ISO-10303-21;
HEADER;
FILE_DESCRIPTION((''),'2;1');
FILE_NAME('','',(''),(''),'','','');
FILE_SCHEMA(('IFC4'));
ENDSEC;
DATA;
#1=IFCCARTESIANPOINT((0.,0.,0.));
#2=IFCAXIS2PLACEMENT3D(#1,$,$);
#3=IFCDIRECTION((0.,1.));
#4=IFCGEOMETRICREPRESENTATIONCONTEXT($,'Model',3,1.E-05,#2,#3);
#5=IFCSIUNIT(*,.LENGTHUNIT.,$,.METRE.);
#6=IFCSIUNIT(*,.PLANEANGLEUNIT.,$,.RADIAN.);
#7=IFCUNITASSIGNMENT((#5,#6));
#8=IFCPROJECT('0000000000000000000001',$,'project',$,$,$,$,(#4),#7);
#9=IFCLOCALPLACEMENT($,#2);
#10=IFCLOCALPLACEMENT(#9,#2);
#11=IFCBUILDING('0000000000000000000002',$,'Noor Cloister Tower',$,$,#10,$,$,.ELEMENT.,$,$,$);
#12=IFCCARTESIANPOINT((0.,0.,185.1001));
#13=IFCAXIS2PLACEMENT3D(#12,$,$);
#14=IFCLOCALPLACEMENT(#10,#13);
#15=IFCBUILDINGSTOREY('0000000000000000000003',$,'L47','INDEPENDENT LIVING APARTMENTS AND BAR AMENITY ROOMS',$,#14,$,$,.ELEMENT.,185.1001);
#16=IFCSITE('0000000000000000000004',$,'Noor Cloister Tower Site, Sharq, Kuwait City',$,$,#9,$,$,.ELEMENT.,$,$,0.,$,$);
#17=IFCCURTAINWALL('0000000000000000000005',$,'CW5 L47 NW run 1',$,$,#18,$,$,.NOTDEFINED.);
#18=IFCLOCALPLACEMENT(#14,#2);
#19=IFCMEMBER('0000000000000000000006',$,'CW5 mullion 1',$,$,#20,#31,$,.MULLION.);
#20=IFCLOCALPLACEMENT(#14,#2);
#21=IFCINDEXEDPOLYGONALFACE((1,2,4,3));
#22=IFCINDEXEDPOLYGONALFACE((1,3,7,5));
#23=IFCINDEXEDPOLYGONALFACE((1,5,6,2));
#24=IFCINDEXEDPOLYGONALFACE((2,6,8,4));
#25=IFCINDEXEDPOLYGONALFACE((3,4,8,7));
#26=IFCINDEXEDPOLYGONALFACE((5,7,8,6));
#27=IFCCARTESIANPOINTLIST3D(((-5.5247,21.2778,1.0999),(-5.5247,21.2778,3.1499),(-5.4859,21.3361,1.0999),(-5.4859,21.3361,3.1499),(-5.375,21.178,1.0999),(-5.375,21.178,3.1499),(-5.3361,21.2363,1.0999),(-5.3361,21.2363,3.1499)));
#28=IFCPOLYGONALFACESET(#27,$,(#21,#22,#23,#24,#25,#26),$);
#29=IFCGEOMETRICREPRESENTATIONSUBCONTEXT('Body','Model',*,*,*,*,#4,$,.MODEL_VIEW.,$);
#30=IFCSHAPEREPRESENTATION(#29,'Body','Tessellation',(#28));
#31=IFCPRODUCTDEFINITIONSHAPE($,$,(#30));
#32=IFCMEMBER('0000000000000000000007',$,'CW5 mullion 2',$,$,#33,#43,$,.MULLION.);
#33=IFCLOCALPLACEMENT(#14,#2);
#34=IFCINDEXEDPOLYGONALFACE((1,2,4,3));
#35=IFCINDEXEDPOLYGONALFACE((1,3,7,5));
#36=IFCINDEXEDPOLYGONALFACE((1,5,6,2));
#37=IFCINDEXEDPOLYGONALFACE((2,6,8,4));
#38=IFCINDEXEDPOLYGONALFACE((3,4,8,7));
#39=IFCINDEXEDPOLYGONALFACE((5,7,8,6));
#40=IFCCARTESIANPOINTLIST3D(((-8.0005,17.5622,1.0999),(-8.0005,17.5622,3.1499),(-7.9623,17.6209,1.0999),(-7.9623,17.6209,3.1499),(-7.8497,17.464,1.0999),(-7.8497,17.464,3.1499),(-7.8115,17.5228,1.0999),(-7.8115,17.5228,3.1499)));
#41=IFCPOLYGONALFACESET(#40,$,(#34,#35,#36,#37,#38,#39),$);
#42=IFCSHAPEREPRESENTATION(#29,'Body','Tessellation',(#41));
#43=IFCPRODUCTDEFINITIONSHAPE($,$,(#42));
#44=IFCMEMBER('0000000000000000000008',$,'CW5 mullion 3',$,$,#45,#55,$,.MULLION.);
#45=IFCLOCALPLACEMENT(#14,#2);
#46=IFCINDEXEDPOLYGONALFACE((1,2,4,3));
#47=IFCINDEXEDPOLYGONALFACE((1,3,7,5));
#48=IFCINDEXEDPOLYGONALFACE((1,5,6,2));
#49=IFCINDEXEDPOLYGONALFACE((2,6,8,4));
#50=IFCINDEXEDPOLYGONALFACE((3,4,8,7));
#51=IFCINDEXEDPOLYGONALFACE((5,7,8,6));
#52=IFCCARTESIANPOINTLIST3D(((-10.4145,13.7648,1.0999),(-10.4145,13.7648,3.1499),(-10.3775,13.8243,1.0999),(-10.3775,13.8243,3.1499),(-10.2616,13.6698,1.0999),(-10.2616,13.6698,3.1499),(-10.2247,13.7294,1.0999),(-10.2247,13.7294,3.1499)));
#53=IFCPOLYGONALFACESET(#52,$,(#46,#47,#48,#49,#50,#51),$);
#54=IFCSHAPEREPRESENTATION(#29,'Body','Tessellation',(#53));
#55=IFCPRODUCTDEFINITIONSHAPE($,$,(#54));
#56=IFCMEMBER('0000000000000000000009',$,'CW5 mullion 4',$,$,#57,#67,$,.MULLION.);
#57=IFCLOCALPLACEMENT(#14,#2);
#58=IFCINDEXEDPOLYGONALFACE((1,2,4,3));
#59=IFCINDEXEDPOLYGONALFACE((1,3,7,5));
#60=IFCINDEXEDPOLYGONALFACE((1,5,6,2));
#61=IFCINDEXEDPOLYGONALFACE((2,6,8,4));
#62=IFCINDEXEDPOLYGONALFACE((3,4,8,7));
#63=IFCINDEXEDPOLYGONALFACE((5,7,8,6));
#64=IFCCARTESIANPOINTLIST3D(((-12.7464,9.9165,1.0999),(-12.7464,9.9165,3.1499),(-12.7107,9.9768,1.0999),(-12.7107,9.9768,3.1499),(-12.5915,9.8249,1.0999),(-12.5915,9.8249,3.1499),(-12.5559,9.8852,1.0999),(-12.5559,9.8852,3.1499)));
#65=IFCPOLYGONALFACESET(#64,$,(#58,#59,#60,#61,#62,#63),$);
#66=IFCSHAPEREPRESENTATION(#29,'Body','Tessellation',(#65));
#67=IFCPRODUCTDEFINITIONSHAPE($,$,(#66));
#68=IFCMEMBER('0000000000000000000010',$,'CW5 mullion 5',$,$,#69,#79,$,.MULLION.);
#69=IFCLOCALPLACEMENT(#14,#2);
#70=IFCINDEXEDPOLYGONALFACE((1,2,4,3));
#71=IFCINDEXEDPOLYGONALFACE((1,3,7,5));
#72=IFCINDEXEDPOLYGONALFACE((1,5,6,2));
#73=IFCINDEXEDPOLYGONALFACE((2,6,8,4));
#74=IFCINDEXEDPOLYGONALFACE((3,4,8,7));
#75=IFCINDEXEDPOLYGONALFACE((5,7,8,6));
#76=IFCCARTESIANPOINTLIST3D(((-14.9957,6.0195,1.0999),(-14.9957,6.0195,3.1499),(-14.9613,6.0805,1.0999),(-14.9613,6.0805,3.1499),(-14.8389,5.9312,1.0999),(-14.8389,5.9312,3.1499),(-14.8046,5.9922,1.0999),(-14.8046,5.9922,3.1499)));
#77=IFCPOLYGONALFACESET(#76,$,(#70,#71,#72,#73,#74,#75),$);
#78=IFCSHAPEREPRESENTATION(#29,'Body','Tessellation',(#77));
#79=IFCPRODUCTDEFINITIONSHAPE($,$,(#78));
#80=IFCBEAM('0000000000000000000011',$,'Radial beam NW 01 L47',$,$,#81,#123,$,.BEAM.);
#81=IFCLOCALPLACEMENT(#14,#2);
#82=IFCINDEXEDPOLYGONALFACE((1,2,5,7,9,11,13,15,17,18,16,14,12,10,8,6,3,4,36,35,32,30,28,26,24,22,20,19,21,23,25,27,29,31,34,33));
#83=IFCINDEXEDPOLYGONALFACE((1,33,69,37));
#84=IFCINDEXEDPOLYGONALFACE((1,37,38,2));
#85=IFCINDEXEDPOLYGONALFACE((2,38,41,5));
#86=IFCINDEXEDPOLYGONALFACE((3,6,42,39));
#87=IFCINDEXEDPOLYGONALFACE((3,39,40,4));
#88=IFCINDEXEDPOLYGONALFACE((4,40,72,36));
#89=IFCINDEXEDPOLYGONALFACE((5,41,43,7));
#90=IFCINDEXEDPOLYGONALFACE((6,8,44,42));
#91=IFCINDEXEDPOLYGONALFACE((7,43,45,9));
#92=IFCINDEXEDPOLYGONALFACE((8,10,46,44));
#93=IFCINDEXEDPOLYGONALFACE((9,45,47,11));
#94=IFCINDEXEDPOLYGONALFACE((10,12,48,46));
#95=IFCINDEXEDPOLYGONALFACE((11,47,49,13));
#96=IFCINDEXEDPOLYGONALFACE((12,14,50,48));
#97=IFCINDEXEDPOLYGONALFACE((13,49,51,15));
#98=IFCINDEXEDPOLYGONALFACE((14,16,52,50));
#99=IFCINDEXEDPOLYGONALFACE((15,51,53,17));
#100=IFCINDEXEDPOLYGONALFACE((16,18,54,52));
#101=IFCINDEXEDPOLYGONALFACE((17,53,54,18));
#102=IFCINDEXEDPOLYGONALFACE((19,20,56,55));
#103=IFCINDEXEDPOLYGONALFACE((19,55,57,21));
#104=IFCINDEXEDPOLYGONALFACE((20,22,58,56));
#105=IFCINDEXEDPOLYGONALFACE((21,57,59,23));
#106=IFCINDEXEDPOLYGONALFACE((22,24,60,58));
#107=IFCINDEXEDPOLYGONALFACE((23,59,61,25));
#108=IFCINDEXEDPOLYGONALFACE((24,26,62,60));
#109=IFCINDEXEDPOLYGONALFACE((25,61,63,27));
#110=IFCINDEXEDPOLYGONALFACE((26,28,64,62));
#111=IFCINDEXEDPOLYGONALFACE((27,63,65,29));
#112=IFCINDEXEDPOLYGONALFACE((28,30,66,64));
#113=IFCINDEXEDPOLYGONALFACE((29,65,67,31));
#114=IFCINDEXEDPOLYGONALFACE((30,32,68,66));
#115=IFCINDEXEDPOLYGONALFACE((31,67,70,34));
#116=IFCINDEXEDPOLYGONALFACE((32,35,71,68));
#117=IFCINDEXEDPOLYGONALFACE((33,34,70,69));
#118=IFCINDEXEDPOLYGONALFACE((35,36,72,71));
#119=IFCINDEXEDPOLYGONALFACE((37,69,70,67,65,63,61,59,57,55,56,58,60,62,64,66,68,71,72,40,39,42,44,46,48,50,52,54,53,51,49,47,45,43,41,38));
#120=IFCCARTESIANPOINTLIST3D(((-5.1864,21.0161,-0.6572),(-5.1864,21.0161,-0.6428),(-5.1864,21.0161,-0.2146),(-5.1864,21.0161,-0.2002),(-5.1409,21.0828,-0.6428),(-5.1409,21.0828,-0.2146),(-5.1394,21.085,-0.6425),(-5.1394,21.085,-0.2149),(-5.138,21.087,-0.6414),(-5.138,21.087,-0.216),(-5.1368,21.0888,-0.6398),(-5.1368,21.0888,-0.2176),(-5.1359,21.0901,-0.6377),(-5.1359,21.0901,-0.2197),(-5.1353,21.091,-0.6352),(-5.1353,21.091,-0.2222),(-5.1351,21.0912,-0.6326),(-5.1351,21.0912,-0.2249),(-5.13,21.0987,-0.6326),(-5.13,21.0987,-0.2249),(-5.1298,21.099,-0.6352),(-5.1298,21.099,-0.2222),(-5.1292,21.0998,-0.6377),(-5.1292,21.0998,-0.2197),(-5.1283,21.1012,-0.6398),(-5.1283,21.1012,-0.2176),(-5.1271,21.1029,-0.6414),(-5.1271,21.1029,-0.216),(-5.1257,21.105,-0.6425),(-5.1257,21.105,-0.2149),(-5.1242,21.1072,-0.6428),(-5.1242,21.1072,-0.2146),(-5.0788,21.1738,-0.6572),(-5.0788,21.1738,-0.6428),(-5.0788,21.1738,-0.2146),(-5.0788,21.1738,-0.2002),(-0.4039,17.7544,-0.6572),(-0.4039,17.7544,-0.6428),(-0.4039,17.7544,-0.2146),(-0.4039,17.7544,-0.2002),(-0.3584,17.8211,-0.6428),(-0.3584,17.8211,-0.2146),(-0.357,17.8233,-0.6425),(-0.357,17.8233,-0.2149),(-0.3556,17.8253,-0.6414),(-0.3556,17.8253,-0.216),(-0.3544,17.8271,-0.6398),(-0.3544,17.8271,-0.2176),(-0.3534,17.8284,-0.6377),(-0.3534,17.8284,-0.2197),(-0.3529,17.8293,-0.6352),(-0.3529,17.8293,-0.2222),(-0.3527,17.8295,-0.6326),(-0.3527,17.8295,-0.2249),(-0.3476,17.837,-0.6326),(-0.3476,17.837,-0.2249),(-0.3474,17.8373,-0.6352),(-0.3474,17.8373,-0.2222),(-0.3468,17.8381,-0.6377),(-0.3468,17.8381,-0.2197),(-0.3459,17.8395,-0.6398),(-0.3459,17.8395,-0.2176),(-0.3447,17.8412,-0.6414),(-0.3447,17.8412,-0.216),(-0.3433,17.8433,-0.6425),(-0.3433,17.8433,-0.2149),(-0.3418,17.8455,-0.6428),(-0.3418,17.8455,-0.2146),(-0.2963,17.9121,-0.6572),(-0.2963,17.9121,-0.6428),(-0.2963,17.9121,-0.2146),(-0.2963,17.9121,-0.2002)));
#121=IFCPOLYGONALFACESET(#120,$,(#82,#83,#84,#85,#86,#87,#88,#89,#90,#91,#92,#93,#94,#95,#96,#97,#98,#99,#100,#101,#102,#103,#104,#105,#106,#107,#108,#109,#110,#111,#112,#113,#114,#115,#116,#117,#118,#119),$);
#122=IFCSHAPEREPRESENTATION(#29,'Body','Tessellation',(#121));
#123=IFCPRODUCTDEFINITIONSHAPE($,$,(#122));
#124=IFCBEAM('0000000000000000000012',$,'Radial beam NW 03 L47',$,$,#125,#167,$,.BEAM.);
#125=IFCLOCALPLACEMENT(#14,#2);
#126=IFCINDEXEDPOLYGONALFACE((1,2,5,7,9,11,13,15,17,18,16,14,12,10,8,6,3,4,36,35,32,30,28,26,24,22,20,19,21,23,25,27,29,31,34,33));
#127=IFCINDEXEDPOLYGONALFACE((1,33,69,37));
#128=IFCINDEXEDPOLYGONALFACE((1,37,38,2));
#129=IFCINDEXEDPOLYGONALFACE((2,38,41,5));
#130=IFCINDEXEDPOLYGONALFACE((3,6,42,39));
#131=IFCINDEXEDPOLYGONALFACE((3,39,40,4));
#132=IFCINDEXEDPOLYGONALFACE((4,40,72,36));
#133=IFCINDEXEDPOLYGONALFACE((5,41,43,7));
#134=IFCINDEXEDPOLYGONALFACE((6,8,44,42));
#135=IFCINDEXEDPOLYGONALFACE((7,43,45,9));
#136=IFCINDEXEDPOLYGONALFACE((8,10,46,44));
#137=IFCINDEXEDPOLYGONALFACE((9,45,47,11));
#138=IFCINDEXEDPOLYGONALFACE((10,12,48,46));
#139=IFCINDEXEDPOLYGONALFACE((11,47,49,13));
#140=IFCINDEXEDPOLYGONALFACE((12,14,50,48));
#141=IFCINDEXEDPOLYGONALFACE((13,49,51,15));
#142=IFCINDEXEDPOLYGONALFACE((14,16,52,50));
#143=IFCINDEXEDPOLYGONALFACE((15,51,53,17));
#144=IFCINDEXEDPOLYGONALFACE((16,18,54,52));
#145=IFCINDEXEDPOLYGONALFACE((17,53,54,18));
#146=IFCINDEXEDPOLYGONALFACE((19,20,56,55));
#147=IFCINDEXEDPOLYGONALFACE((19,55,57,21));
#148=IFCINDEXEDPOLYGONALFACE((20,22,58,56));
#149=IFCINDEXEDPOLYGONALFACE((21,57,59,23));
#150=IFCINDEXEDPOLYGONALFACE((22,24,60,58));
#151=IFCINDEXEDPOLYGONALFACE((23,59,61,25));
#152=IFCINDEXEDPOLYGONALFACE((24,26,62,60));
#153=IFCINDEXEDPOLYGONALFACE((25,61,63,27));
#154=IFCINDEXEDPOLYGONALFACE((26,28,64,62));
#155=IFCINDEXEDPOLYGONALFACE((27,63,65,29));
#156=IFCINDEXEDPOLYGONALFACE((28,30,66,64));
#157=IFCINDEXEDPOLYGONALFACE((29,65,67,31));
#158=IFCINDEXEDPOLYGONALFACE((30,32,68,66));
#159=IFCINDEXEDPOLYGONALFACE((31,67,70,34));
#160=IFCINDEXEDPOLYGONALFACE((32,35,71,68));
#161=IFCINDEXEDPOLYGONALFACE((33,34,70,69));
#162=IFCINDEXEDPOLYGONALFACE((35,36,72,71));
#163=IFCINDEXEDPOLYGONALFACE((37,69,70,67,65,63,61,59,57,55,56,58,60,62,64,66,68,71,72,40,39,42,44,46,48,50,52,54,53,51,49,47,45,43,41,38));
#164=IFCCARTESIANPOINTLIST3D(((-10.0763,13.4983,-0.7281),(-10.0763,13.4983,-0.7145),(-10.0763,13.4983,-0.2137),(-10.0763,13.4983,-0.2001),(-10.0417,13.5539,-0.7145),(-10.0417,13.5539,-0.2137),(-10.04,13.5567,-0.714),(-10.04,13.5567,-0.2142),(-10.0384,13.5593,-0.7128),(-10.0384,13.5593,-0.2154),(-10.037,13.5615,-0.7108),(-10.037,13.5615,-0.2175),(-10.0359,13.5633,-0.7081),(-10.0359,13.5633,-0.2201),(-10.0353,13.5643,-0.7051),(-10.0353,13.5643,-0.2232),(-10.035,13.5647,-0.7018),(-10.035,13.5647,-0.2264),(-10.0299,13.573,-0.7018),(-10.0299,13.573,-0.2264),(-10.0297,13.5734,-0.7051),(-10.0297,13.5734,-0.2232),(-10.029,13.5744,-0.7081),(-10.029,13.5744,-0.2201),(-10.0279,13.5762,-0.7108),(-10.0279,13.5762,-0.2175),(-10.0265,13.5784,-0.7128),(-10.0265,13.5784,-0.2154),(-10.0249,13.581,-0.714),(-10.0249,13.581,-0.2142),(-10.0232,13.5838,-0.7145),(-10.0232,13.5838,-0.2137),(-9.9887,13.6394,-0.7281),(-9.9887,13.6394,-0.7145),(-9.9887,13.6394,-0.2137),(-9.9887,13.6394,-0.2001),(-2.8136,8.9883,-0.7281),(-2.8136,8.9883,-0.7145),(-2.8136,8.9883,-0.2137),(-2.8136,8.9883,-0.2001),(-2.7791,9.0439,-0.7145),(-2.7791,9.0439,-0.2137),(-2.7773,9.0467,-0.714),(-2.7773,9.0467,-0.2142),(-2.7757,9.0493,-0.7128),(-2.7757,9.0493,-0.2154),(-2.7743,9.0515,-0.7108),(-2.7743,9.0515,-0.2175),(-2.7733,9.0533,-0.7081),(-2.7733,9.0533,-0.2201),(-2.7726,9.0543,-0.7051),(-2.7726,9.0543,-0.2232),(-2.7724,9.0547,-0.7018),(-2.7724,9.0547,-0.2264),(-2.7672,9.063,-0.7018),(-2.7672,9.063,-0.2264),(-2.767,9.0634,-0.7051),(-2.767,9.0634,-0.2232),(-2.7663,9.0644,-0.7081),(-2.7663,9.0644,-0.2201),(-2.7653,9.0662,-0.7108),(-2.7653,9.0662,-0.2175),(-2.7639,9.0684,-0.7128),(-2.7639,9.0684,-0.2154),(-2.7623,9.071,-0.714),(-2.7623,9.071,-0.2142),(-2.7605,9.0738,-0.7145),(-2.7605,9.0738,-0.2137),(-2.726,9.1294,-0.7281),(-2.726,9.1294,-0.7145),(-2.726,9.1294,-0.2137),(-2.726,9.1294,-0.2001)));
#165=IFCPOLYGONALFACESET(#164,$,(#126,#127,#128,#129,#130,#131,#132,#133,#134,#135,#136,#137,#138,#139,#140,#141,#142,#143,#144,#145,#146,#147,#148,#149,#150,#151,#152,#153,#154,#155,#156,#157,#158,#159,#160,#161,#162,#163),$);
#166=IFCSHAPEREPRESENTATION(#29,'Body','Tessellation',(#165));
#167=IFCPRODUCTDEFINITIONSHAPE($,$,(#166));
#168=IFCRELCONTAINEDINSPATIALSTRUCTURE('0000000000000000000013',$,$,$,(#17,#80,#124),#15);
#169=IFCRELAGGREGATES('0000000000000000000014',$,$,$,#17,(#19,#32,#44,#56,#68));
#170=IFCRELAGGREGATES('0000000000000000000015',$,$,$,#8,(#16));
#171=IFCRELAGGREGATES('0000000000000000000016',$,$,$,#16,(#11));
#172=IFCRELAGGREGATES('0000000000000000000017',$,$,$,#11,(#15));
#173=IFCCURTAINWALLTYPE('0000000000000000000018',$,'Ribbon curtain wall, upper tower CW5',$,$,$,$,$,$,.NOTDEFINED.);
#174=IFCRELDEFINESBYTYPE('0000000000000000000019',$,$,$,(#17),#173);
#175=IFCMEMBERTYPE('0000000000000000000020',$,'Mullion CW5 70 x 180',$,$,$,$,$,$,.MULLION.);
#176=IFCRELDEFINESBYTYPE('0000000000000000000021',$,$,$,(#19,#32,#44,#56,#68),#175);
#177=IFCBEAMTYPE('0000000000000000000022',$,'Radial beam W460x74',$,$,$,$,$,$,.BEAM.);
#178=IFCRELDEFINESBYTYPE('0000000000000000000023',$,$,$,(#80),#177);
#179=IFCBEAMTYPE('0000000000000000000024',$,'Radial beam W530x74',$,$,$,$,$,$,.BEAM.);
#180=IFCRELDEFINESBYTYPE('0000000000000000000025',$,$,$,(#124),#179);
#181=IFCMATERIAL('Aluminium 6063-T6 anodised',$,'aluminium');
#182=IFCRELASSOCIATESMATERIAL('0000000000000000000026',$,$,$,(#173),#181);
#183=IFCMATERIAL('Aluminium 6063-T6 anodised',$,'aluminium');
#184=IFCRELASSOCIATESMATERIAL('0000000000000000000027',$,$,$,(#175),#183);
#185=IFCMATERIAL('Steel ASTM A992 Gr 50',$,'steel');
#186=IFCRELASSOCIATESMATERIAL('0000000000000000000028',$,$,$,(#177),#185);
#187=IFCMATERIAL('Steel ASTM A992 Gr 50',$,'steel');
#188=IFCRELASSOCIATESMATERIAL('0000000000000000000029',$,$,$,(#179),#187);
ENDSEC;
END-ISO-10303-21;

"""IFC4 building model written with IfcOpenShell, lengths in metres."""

from ifc_helpers import new_model, si_unit, direction, frame, origin, origin_2d, place, context, subcontext, project, spatial, rectangle, i_section, extrude, material, material_profile, profile_set, type_object, element, aggregate, save


model = new_model("IFC4")

# Units and contexts
model_context = context("Model", 3, precision=1e-05, world=origin(), true_north=direction((0.0, 1.0)))
body_context = subcontext(model_context, "Body", "Model", "MODEL_VIEW")
ifc_project = project(units=[si_unit("LENGTHUNIT", "METRE"), si_unit("PLANEANGLEUNIT", "RADIAN")], contexts=[model_context])

# Site, building, storey
site_placement = place(None, origin())
site = spatial("IfcSite", under=ifc_project, at=site_placement, Name="Noor Cloister Tower Site, Sharq, Kuwait City", CompositionType="ELEMENT", RefElevation=0.0)
building_placement = place(site_placement, origin())
building = spatial("IfcBuilding", under=site, at=building_placement, Name="Noor Cloister Tower", CompositionType="ELEMENT")
storey_placement = place(building_placement, frame((0.0, 0.0, 185.1001)))
storey = spatial("IfcBuildingStorey", under=building, at=storey_placement, Name="L47", Description="INDEPENDENT LIVING APARTMENTS AND BAR AMENITY ROOMS", CompositionType="ELEMENT", Elevation=185.1001)

# Curtain wall, members
ifc_material_1 = material(Name="Aluminium 6063-T6 anodised", Category="aluminium")
curtain_wall_type = type_object("IfcCurtainWallType", Name="Ribbon curtain wall, upper tower CW5", PredefinedType="NOTDEFINED", material=ifc_material_1)
curtain_wall_placement = place(storey_placement, origin())
curtain_wall = element("IfcCurtainWall", 1, at=curtain_wall_placement, inside=storey, type_object=curtain_wall_type, Name="CW5 L47 NW run 1", PredefinedType="NOTDEFINED")
ifc_material_2 = material(Name="Aluminium 6063-T6 anodised", Category="aluminium")
ifc_material_profile_1 = material_profile(ifc_material_2, rectangle(XDim=0.1799, YDim=0.0701, at=origin_2d()), Name="180 x 70 mullion")
ifc_profile_set_1 = profile_set([ifc_material_profile_1], Name="Aluminium 6063-T6 anodised")
member_type = type_object("IfcMemberType", Name="Mullion CW5 70 x 180", PredefinedType="MULLION", material=ifc_profile_set_1)
member_1_placement = place(storey_placement, frame((-5.4304, 21.2571, 1.0999), z_axis=(0.0, 0.0, 1.0), x_axis=(0.83215, -0.554551, 0.0)))
member_1 = element("IfcMember", 2, at=member_1_placement, type_object=member_type, Name="CW5 mullion 1", PredefinedType="MULLION", context=body_context, shape_type="SweptSolid", body=[
    extrude(rectangle(XDim=0.1799, YDim=0.0701, at=origin_2d()), origin(), (0.0, 0.0, 1.0), 2.05),
])
member_2_placement = place(storey_placement, frame((-7.906, 17.5425, 1.0999), z_axis=(0.0, 0.0, 1.0), x_axis=(0.838038, -0.545612, 0.0)))
member_2 = element("IfcMember", 3, at=member_2_placement, type_object=member_type, Name="CW5 mullion 2", PredefinedType="MULLION", context=body_context, shape_type="SweptSolid", body=[
    extrude(rectangle(XDim=0.1799, YDim=0.0701, at=origin_2d()), origin(), (0.0, 0.0, 1.0), 2.05),
])
member_3_placement = place(storey_placement, frame((-10.3196, 13.7471, 1.0999), z_axis=(0.0, 0.0, 1.0), x_axis=(0.849526, -0.527547, 0.0)))
member_3 = element("IfcMember", 4, at=member_3_placement, type_object=member_type, Name="CW5 mullion 3", PredefinedType="MULLION", context=body_context, shape_type="SweptSolid", body=[
    extrude(rectangle(XDim=0.1799, YDim=0.0701, at=origin_2d()), origin(), (0.0, 0.0, 1.0), 2.05),
])
member_4_placement = place(storey_placement, frame((-12.6511, 9.9009, 1.0999), z_axis=(0.0, 0.0, 1.0), x_axis=(0.860624, -0.509241, 0.0)))
member_4 = element("IfcMember", 5, at=member_4_placement, type_object=member_type, Name="CW5 mullion 4", PredefinedType="MULLION", context=body_context, shape_type="SweptSolid", body=[
    extrude(rectangle(XDim=0.1799, YDim=0.0701, at=origin_2d()), origin(), (0.0, 0.0, 1.0), 2.05),
])
member_5_placement = place(storey_placement, frame((-14.9001, 6.0059, 1.0999), z_axis=(0.0, 0.0, 1.0), x_axis=(0.871328, -0.490702, 0.0)))
member_5 = element("IfcMember", 6, at=member_5_placement, type_object=member_type, Name="CW5 mullion 5", PredefinedType="MULLION", context=body_context, shape_type="SweptSolid", body=[
    extrude(rectangle(XDim=0.1799, YDim=0.0701, at=origin_2d()), origin(), (0.0, 0.0, 1.0), 2.05),
])

# Beams
ifc_material_3 = material(Name="Steel ASTM A992 Gr 50", Category="steel")
ifc_material_profile_2 = material_profile(ifc_material_3, i_section(OverallWidth=0.1909, OverallDepth=0.457, WebThickness=0.009, FlangeThickness=0.0144, FilletRadius=0.0103, at=origin_2d()), Name="W460x74")
ifc_profile_set_2 = profile_set([ifc_material_profile_2], Name="Steel ASTM A992 Gr 50")
beam_type_1 = type_object("IfcBeamType", Name="Radial beam W460x74", PredefinedType="BEAM", material=ifc_profile_set_2)
beam_1_placement = place(storey_placement, frame((-5.1326, 21.095, -0.4287), z_axis=(0.826151, -0.563448, 0.0), x_axis=(0.563448, 0.826151, 0.0)))
element("IfcBeam", 7, at=beam_1_placement, inside=storey, type_object=beam_type_1, Name="Radial beam NW 01 L47", PredefinedType="BEAM", context=body_context, shape_type="SweptSolid", body=[
    extrude(i_section(OverallWidth=0.1909, OverallDepth=0.457, WebThickness=0.009, FlangeThickness=0.0144, FilletRadius=0.0103, at=origin_2d()), origin(), (0.0, 0.0, 1.0), 5.7888),
])
ifc_material_4 = material(Name="Steel ASTM A992 Gr 50", Category="steel")
ifc_material_profile_3 = material_profile(ifc_material_4, i_section(OverallWidth=0.166, OverallDepth=0.5281, WebThickness=0.0098, FlangeThickness=0.0137, FilletRadius=0.0127, at=origin_2d()), Name="W530x74")
ifc_profile_set_3 = profile_set([ifc_material_profile_3], Name="Steel ASTM A992 Gr 50")
beam_type_2 = type_object("IfcBeamType", Name="Radial beam W530x74", PredefinedType="BEAM", material=ifc_profile_set_3)
beam_2_placement = place(storey_placement, frame((-10.0325, 13.5688, -0.4641), z_axis=(0.849529, -0.527543, 0.0), x_axis=(0.527543, 0.849529, 0.0)))
element("IfcBeam", 8, at=beam_2_placement, inside=storey, type_object=beam_type_2, Name="Radial beam NW 03 L47", PredefinedType="BEAM", context=body_context, shape_type="SweptSolid", body=[
    extrude(i_section(OverallWidth=0.166, OverallDepth=0.5281, WebThickness=0.0098, FlangeThickness=0.0137, FilletRadius=0.0127, at=origin_2d()), origin(), (0.0, 0.0, 1.0), 8.5491),
])

aggregate(curtain_wall, [member_1, member_2, member_3, member_4, member_5])

save(model, "model.ifc")
